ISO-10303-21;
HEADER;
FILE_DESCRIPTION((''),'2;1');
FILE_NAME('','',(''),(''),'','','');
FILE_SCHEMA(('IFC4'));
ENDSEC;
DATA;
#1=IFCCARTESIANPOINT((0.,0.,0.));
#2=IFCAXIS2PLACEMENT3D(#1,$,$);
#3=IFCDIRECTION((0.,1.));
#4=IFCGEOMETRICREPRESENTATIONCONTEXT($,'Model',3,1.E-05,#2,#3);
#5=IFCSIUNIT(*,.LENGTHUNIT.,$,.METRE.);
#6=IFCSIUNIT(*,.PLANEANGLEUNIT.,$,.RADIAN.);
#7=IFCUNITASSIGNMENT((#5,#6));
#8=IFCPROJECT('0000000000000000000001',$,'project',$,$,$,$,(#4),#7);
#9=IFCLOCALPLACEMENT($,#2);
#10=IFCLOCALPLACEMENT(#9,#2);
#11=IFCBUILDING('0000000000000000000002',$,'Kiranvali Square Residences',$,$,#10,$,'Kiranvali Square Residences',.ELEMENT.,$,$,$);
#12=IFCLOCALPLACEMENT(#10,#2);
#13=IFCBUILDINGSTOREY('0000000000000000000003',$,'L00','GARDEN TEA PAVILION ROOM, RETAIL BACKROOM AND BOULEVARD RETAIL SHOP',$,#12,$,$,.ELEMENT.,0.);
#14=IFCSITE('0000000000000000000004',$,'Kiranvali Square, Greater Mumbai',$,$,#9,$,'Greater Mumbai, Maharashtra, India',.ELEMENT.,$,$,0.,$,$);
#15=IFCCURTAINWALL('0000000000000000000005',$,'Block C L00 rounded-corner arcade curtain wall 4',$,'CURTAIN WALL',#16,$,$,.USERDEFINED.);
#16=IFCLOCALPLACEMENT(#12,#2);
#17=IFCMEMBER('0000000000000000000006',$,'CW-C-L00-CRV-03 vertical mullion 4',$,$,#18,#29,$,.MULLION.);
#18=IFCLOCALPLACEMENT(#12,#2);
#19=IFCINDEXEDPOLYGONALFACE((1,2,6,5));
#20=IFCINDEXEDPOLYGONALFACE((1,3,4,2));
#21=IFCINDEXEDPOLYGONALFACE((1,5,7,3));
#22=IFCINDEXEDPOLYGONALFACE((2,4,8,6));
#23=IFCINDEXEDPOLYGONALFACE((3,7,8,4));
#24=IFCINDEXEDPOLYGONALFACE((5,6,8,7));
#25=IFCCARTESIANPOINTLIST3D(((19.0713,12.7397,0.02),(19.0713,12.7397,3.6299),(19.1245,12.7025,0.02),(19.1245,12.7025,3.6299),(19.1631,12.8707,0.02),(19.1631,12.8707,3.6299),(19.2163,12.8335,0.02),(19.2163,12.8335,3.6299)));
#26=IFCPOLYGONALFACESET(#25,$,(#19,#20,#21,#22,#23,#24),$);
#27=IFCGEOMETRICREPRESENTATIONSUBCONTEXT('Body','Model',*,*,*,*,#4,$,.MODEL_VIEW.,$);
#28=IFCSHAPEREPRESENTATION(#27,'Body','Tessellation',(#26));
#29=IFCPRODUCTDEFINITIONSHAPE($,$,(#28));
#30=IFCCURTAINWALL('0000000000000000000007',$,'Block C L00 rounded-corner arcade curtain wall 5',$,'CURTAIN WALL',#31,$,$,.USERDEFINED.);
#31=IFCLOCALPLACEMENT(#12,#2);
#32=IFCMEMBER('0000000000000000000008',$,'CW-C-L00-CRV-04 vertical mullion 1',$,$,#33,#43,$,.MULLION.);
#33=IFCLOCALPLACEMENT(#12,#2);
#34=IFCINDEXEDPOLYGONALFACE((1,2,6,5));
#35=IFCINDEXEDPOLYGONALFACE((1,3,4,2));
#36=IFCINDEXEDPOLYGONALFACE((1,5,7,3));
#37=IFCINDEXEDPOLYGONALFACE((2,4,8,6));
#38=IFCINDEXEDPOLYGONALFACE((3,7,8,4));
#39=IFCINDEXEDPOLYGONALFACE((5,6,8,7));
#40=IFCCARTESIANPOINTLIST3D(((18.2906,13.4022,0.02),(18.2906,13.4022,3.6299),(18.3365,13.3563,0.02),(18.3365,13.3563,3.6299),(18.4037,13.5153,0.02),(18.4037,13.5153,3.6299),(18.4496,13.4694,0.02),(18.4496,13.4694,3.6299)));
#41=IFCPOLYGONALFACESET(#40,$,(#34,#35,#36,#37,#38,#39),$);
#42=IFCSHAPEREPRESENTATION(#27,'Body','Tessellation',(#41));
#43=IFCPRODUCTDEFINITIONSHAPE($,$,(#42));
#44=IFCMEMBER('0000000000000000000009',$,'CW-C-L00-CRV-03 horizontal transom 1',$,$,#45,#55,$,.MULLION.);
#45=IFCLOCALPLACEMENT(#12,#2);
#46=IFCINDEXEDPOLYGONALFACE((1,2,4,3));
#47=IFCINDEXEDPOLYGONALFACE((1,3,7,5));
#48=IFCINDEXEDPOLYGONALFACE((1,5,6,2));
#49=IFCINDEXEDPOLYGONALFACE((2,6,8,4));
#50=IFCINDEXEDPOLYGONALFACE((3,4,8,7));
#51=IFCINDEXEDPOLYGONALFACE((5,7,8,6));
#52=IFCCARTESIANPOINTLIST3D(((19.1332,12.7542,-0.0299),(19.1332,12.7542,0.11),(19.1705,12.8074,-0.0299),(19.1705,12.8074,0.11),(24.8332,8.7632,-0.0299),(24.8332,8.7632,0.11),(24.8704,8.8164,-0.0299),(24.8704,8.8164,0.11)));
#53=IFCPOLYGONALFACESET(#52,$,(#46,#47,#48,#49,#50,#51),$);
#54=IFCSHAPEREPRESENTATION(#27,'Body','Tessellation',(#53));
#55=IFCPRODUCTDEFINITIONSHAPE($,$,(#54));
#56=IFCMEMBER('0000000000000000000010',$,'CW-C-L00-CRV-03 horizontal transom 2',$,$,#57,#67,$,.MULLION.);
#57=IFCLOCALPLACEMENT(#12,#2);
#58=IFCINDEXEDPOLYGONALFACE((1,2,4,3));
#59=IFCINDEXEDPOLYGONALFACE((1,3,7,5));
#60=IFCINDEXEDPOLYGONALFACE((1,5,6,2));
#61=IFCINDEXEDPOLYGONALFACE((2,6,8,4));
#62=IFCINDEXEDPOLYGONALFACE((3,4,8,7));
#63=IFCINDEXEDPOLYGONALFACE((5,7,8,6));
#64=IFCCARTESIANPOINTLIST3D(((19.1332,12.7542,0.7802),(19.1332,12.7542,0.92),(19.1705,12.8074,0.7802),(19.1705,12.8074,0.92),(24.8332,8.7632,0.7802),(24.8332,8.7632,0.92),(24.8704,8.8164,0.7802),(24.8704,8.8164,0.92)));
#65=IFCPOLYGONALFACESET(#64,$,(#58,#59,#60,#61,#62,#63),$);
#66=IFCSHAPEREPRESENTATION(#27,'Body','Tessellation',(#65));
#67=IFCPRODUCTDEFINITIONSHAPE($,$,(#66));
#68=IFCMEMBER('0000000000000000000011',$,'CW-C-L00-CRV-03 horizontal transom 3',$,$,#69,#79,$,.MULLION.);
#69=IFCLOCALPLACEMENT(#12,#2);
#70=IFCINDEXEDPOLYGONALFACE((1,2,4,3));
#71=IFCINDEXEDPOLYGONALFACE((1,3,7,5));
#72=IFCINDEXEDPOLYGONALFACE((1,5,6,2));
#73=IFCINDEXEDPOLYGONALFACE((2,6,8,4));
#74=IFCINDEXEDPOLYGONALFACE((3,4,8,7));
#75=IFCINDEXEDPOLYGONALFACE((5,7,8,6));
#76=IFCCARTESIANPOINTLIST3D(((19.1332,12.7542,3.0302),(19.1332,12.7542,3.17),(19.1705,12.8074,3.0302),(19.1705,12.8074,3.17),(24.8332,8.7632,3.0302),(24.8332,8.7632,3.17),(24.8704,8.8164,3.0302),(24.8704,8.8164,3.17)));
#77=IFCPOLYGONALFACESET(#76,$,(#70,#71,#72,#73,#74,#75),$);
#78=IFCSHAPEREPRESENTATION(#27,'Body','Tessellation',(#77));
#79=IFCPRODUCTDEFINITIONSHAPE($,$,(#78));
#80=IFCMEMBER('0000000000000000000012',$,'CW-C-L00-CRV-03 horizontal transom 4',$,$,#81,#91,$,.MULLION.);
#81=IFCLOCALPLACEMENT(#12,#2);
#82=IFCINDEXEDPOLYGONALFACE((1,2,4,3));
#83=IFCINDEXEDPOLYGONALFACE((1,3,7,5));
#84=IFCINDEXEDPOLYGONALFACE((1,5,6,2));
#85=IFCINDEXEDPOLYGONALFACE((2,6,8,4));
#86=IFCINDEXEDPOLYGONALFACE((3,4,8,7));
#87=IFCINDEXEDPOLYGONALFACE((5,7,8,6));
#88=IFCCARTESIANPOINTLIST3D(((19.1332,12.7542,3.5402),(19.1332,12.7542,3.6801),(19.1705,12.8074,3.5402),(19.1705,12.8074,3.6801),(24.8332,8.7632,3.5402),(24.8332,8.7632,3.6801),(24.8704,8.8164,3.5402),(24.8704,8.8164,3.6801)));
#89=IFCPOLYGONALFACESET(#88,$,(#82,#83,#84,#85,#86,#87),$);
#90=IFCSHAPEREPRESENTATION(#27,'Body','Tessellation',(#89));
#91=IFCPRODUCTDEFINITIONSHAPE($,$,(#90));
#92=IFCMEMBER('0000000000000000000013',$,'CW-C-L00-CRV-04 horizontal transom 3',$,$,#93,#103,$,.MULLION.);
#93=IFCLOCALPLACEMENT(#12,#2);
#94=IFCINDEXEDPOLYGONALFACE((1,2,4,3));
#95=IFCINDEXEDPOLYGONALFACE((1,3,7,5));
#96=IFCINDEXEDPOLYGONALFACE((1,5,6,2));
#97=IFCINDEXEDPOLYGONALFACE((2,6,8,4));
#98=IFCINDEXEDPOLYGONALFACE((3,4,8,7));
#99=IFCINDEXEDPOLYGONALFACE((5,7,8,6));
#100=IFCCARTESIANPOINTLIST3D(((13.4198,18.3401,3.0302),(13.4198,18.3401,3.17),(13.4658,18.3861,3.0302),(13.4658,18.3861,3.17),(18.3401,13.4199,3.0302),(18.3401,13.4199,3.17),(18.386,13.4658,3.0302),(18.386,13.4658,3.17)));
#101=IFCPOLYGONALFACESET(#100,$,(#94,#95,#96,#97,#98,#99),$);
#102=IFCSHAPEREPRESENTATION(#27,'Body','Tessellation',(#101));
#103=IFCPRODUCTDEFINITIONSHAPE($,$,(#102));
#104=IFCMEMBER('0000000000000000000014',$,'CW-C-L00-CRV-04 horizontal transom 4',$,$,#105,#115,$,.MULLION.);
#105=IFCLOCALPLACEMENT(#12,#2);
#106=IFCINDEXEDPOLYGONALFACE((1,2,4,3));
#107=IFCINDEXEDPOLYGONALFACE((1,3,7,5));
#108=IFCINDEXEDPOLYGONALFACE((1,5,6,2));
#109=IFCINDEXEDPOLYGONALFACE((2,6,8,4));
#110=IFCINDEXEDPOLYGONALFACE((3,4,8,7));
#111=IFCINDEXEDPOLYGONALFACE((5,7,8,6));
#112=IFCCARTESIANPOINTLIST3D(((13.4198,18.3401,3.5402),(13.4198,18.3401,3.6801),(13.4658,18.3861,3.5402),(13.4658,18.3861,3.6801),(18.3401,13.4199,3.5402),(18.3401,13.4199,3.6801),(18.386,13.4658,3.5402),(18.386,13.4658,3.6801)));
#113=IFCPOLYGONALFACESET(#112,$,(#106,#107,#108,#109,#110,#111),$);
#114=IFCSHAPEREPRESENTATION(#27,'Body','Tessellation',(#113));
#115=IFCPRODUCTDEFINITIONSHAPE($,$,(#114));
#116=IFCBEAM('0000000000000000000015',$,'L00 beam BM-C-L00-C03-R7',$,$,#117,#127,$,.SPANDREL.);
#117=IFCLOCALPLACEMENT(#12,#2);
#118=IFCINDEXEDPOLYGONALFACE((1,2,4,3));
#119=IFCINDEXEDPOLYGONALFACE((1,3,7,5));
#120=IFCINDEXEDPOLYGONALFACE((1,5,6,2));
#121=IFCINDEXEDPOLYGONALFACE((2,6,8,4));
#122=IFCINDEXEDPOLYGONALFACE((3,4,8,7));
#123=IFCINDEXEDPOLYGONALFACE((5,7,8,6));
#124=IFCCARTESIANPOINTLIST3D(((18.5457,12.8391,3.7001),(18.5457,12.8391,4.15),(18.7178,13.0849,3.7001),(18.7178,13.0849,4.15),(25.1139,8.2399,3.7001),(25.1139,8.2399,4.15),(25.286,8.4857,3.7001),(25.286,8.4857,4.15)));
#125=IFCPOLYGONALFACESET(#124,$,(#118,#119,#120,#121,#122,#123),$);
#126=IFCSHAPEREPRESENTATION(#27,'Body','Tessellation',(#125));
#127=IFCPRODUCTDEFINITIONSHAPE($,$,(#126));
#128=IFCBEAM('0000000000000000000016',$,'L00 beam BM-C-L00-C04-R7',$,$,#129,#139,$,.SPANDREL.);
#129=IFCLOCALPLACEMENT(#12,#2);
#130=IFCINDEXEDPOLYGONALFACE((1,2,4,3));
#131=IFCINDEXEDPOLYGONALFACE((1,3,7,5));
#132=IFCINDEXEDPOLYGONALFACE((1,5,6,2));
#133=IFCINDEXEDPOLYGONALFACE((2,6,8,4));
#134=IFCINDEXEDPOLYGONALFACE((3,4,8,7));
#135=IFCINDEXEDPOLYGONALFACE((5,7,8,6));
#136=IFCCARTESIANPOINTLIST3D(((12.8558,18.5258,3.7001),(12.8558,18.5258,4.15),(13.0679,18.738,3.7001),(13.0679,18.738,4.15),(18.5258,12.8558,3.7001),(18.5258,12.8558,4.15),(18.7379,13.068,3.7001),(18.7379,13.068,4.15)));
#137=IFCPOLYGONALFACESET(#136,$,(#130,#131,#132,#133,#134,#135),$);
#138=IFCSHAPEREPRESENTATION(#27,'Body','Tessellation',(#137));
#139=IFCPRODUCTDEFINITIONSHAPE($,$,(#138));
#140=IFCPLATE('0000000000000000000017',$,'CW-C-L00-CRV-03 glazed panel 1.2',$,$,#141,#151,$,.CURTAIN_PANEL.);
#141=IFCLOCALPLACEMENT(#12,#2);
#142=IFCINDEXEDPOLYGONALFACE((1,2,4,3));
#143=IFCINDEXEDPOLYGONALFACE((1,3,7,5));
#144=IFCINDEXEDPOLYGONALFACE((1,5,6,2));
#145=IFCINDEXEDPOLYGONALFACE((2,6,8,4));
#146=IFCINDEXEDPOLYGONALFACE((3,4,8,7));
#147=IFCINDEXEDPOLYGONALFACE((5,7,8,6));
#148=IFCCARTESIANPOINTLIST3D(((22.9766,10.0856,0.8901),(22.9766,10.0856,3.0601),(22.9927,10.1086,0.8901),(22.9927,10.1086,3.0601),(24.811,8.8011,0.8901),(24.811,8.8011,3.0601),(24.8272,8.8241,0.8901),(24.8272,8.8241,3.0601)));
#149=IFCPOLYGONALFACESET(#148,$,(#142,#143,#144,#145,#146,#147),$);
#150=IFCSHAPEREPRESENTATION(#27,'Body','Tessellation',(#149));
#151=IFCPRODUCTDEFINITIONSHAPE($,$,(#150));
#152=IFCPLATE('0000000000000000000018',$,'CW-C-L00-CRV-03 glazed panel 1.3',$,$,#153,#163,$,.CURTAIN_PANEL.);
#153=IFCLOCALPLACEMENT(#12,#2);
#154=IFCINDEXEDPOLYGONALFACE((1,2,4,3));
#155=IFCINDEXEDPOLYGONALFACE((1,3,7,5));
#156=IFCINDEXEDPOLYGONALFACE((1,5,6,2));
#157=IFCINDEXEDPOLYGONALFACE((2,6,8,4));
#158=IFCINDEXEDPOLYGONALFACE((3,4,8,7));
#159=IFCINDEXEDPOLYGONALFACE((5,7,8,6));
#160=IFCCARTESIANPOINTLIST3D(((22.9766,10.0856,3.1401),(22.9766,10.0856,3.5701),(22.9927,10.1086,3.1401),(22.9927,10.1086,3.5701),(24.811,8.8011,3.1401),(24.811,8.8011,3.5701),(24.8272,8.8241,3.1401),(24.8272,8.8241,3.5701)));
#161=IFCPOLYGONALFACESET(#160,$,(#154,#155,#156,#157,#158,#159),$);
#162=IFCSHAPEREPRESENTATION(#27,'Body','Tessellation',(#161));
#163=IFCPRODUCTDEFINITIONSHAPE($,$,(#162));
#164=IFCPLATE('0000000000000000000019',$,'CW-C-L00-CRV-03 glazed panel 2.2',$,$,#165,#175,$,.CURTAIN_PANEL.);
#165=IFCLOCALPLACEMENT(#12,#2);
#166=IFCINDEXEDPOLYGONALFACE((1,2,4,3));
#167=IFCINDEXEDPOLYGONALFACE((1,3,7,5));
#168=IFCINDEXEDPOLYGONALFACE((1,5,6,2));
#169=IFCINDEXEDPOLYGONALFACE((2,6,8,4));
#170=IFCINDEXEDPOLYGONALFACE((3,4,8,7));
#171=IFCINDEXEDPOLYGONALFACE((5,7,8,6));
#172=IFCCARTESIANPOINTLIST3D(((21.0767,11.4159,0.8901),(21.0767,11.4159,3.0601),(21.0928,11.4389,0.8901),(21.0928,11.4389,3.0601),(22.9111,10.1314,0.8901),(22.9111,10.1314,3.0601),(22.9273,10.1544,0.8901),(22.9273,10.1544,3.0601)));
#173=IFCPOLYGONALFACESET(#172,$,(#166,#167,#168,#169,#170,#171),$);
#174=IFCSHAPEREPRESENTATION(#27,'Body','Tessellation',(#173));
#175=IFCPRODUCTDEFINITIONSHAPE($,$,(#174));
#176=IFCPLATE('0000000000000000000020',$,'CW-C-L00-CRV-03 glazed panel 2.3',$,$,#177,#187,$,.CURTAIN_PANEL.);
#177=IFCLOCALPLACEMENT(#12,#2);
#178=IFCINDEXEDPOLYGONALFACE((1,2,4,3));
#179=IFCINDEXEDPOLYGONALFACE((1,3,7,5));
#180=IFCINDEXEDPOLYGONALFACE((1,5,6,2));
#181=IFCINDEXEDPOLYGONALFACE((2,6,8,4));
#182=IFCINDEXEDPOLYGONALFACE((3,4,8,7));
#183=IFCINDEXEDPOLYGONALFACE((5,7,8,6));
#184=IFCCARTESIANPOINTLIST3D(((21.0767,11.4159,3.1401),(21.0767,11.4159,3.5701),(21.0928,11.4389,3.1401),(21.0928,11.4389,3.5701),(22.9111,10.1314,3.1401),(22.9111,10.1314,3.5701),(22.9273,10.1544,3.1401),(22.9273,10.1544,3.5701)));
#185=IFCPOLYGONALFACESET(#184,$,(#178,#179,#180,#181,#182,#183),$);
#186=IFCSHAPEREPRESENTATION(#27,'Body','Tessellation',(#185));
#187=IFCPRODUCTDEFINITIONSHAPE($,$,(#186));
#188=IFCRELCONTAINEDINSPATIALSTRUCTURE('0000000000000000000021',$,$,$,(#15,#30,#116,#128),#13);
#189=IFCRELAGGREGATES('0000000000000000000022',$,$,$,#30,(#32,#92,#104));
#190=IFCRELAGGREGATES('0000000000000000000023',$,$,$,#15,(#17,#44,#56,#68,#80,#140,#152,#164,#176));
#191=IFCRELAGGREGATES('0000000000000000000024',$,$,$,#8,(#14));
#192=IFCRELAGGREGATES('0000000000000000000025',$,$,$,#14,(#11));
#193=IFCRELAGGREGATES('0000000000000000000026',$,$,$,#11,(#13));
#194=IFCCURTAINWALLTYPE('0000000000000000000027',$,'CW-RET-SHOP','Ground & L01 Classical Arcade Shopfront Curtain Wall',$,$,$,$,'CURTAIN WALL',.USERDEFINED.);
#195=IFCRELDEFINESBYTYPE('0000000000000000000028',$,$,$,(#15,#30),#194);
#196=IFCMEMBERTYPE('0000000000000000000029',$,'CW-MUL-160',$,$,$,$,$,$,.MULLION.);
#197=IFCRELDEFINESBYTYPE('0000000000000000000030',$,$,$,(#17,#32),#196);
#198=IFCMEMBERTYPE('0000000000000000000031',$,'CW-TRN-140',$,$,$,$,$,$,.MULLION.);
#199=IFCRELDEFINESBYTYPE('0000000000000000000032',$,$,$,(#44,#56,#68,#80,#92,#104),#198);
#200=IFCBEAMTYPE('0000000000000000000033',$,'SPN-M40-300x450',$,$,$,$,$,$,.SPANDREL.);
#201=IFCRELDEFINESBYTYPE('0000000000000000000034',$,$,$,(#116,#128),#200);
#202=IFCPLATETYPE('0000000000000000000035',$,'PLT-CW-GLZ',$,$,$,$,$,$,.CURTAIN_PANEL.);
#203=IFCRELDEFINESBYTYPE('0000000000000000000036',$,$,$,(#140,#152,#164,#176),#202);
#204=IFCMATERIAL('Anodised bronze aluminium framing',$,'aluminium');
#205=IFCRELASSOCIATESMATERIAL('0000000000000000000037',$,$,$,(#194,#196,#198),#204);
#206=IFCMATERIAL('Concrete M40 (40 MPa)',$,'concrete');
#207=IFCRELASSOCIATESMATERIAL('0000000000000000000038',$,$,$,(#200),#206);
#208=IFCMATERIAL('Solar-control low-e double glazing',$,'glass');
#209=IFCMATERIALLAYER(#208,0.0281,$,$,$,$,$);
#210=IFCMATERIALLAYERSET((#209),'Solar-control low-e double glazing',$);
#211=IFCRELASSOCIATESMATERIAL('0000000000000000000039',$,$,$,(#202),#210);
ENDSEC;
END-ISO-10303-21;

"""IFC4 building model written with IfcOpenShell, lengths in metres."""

from ifc_helpers import new_model, si_unit, direction, frame, origin, origin_2d, place, context, subcontext, project, spatial, rectangle, extrude, material, layer, layer_set, material_profile, profile_set, type_object, element, aggregate, save


model = new_model("IFC4")

# Units and contexts
model_context = context("Model", 3, precision=1e-05, world=origin(), true_north=direction((0.0, 1.0)))
body_context = subcontext(model_context, "Body", "Model", "MODEL_VIEW")
ifc_project = project(units=[si_unit("LENGTHUNIT", "METRE"), si_unit("PLANEANGLEUNIT", "RADIAN")], contexts=[model_context])

# Site, building, storey
site_placement = place(None, origin())
site = spatial("IfcSite", under=ifc_project, at=site_placement, Name="Kiranvali Square, Greater Mumbai", LongName="Greater Mumbai, Maharashtra, India", CompositionType="ELEMENT", RefElevation=0.0)
building_placement = place(site_placement, origin())
building = spatial("IfcBuilding", under=site, at=building_placement, Name="Kiranvali Square Residences", LongName="Kiranvali Square Residences", CompositionType="ELEMENT")
storey_placement = place(building_placement, origin())
storey = spatial("IfcBuildingStorey", under=building, at=storey_placement, Name="L00", Description="GARDEN TEA PAVILION ROOM, RETAIL BACKROOM AND BOULEVARD RETAIL SHOP", CompositionType="ELEMENT", Elevation=0.0)

# Shared definitions
ifc_material_1 = material(Name="Anodised bronze aluminium framing", Category="aluminium")
curtain_wall_type = type_object("IfcCurtainWallType", Name="CW-RET-SHOP", Description="Ground & L01 Classical Arcade Shopfront Curtain Wall", ElementType="CURTAIN WALL", PredefinedType="USERDEFINED", material=ifc_material_1)
ifc_material_profile_1 = material_profile(ifc_material_1, rectangle(XDim=0.0649, YDim=0.1599, at=origin_2d()), Name="ALU 65x160")
ifc_profile_set_1 = profile_set([ifc_material_profile_1], Name="Anodised bronze aluminium framing")
member_type_1 = type_object("IfcMemberType", Name="CW-MUL-160", PredefinedType="MULLION", material=ifc_profile_set_1)

# Curtain wall, member
curtain_wall_1_placement = place(storey_placement, origin())
curtain_wall_1 = element("IfcCurtainWall", 1, at=curtain_wall_1_placement, inside=storey, type_object=curtain_wall_type, Name="Block C L00 rounded-corner arcade curtain wall 4", ObjectType="CURTAIN WALL", PredefinedType="USERDEFINED")
member_1_placement = place(storey_placement, frame((19.1438, 12.7866, 0.02), z_axis=(0.0, 0.0, 1.0), x_axis=(-0.819152, 0.573576, 0.0)))
member_1 = element("IfcMember", 2, at=member_1_placement, type_object=member_type_1, Name="CW-C-L00-CRV-03 vertical mullion 4", PredefinedType="MULLION", context=body_context, shape_type="SweptSolid", body=[
    extrude(rectangle(XDim=0.0649, YDim=0.1599, at=origin_2d()), origin(), (0.0, 0.0, 1.0), 3.6099),
])

# Curtain wall, member
curtain_wall_2_placement = place(storey_placement, origin())
curtain_wall_2 = element("IfcCurtainWall", 3, at=curtain_wall_2_placement, inside=storey, type_object=curtain_wall_type, Name="Block C L00 rounded-corner arcade curtain wall 5", ObjectType="CURTAIN WALL", PredefinedType="USERDEFINED")
member_2_placement = place(storey_placement, frame((18.3701, 13.4358, 0.02), z_axis=(0.0, 0.0, 1.0), x_axis=(-0.707107, 0.707107, 0.0)))
member_2 = element("IfcMember", 4, at=member_2_placement, type_object=member_type_1, Name="CW-C-L00-CRV-04 vertical mullion 1", PredefinedType="MULLION", context=body_context, shape_type="SweptSolid", body=[
    extrude(rectangle(XDim=0.0649, YDim=0.1599, at=origin_2d()), origin(), (0.0, 0.0, 1.0), 3.6099),
])

# Members
ifc_material_profile_2 = material_profile(ifc_material_1, rectangle(XDim=0.0649, YDim=0.1399, at=origin_2d()), Name="ALU 65x140")
ifc_profile_set_2 = profile_set([ifc_material_profile_2], Name="Anodised bronze aluminium framing")
member_type_2 = type_object("IfcMemberType", Name="CW-TRN-140", PredefinedType="MULLION", material=ifc_profile_set_2)
member_3_placement = place(storey_placement, frame((24.8518, 8.7898, 0.04), z_axis=(-0.819164, 0.573559, 0.0), x_axis=(-0.573559, -0.819164, 0.0)))
member_3 = element("IfcMember", 5, at=member_3_placement, type_object=member_type_2, Name="CW-C-L00-CRV-03 horizontal transom 1", PredefinedType="MULLION", context=body_context, shape_type="SweptSolid", body=[
    extrude(rectangle(XDim=0.0649, YDim=0.1399, at=origin_2d()), origin(), (0.0, 0.0, 1.0), 6.9583),
])
member_4_placement = place(storey_placement, frame((24.8518, 8.7898, 0.8501), z_axis=(-0.819164, 0.573559, 0.0), x_axis=(-0.573559, -0.819164, 0.0)))
member_4 = element("IfcMember", 6, at=member_4_placement, type_object=member_type_2, Name="CW-C-L00-CRV-03 horizontal transom 2", PredefinedType="MULLION", context=body_context, shape_type="SweptSolid", body=[
    extrude(rectangle(XDim=0.0649, YDim=0.1399, at=origin_2d()), origin(), (0.0, 0.0, 1.0), 6.9583),
])
member_5_placement = place(storey_placement, frame((24.8518, 8.7898, 3.1001), z_axis=(-0.819164, 0.573559, 0.0), x_axis=(-0.573559, -0.819164, 0.0)))
member_5 = element("IfcMember", 7, at=member_5_placement, type_object=member_type_2, Name="CW-C-L00-CRV-03 horizontal transom 3", PredefinedType="MULLION", context=body_context, shape_type="SweptSolid", body=[
    extrude(rectangle(XDim=0.0649, YDim=0.1399, at=origin_2d()), origin(), (0.0, 0.0, 1.0), 6.9583),
])
member_6_placement = place(storey_placement, frame((24.8518, 8.7898, 3.6101), z_axis=(-0.819164, 0.573559, 0.0), x_axis=(-0.573559, -0.819164, 0.0)))
member_6 = element("IfcMember", 8, at=member_6_placement, type_object=member_type_2, Name="CW-C-L00-CRV-03 horizontal transom 4", PredefinedType="MULLION", context=body_context, shape_type="SweptSolid", body=[
    extrude(rectangle(XDim=0.0649, YDim=0.1399, at=origin_2d()), origin(), (0.0, 0.0, 1.0), 6.9583),
])
member_7_placement = place(storey_placement, frame((18.363, 13.4429, 3.1001), z_axis=(-0.707107, 0.707107, 0.0), x_axis=(-0.707107, -0.707107, 0.0)))
member_7 = element("IfcMember", 9, at=member_7_placement, type_object=member_type_2, Name="CW-C-L00-CRV-04 horizontal transom 3", PredefinedType="MULLION", context=body_context, shape_type="SweptSolid", body=[
    extrude(rectangle(XDim=0.0649, YDim=0.1399, at=origin_2d()), origin(), (0.0, 0.0, 1.0), 6.9583),
])
member_8_placement = place(storey_placement, frame((18.363, 13.4429, 3.6101), z_axis=(-0.707107, 0.707107, 0.0), x_axis=(-0.707107, -0.707107, 0.0)))
member_8 = element("IfcMember", 10, at=member_8_placement, type_object=member_type_2, Name="CW-C-L00-CRV-04 horizontal transom 4", PredefinedType="MULLION", context=body_context, shape_type="SweptSolid", body=[
    extrude(rectangle(XDim=0.0649, YDim=0.1399, at=origin_2d()), origin(), (0.0, 0.0, 1.0), 6.9583),
])
aggregate(curtain_wall_2, [member_2, member_7, member_8])

# Beams
ifc_material_2 = material(Name="Concrete M40 (40 MPa)", Category="concrete")
ifc_material_profile_3 = material_profile(ifc_material_2, rectangle(XDim=0.3, YDim=0.45, at=origin_2d()), Name="RC 300x450")
ifc_profile_set_3 = profile_set([ifc_material_profile_3], Name="Concrete M40 (40 MPa)")
beam_type_1 = type_object("IfcBeamType", Name="SPN-M40-300x450", PredefinedType="SPANDREL", material=ifc_profile_set_3)
beam_1_placement = place(storey_placement, frame((25.2, 8.3628, 3.925), z_axis=(-0.819148, 0.573583, 0.0), x_axis=(-0.573583, -0.819148, 0.0)))
element("IfcBeam", 11, at=beam_1_placement, inside=storey, type_object=beam_type_1, Name="L00 beam BM-C-L00-C03-R7", PredefinedType="SPANDREL", context=body_context, shape_type="SweptSolid", body=[
    extrude(rectangle(XDim=0.3, YDim=0.45, at=origin_2d()), origin(), (0.0, 0.0, 1.0), 8.0183),
])
beam_2_placement = place(storey_placement, frame((18.6318, 12.9619, 3.925), z_axis=(-0.707107, 0.707107, 0.0), x_axis=(-0.707107, -0.707107, 0.0)))
element("IfcBeam", 12, at=beam_2_placement, inside=storey, type_object=beam_type_1, Name="L00 beam BM-C-L00-C04-R7", PredefinedType="SPANDREL", context=body_context, shape_type="SweptSolid", body=[
    extrude(rectangle(XDim=0.3, YDim=0.45, at=origin_2d()), origin(), (0.0, 0.0, 1.0), 8.0186),
])

# Plates
ifc_material_3 = material(Name="Solar-control low-e double glazing", Category="glass")
ifc_layer_1 = layer(ifc_material_3, 0.0281)
ifc_layer_set_1 = layer_set([ifc_layer_1], Name="Solar-control low-e double glazing")
plate_type_1 = type_object("IfcPlateType", Name="PLT-CW-GLZ", PredefinedType="CURTAIN_PANEL", material=ifc_layer_set_1)
plate_1_placement = place(storey_placement, frame((23.9019, 9.4548, 0.8901), z_axis=(0.0, 0.0, 1.0), x_axis=(-0.819152, 0.573576, 0.0)))
plate_1 = element("IfcPlate", 13, at=plate_1_placement, type_object=plate_type_1, Name="CW-C-L00-CRV-03 glazed panel 1.2", PredefinedType="CURTAIN_PANEL", context=body_context, shape_type="SweptSolid", body=[
    extrude(rectangle(XDim=2.2395, YDim=0.0281, at=origin_2d()), origin(), (0.0, 0.0, 1.0), 2.1699),
])
plate_2_placement = place(storey_placement, frame((23.9019, 9.4548, 3.1401), z_axis=(0.0, 0.0, 1.0), x_axis=(-0.819152, 0.573576, 0.0)))
plate_2 = element("IfcPlate", 14, at=plate_2_placement, type_object=plate_type_1, Name="CW-C-L00-CRV-03 glazed panel 1.3", PredefinedType="CURTAIN_PANEL", context=body_context, shape_type="SweptSolid", body=[
    extrude(rectangle(XDim=2.2395, YDim=0.0281, at=origin_2d()), origin(), (0.0, 0.0, 1.0), 0.4299),
])
plate_3_placement = place(storey_placement, frame((22.002, 10.7852, 0.8901), z_axis=(0.0, 0.0, 1.0), x_axis=(-0.819152, 0.573576, 0.0)))
plate_3 = element("IfcPlate", 15, at=plate_3_placement, type_object=plate_type_1, Name="CW-C-L00-CRV-03 glazed panel 2.2", PredefinedType="CURTAIN_PANEL", context=body_context, shape_type="SweptSolid", body=[
    extrude(rectangle(XDim=2.2395, YDim=0.0281, at=origin_2d()), origin(), (0.0, 0.0, 1.0), 2.1699),
])
plate_4_placement = place(storey_placement, frame((22.002, 10.7852, 3.1401), z_axis=(0.0, 0.0, 1.0), x_axis=(-0.819152, 0.573576, 0.0)))
plate_4 = element("IfcPlate", 16, at=plate_4_placement, type_object=plate_type_1, Name="CW-C-L00-CRV-03 glazed panel 2.3", PredefinedType="CURTAIN_PANEL", context=body_context, shape_type="SweptSolid", body=[
    extrude(rectangle(XDim=2.2395, YDim=0.0281, at=origin_2d()), origin(), (0.0, 0.0, 1.0), 0.4299),
])
aggregate(curtain_wall_1, [member_1, member_3, member_4, member_5, member_6, plate_1, plate_2, plate_3, plate_4])

save(model, "model.ifc")
